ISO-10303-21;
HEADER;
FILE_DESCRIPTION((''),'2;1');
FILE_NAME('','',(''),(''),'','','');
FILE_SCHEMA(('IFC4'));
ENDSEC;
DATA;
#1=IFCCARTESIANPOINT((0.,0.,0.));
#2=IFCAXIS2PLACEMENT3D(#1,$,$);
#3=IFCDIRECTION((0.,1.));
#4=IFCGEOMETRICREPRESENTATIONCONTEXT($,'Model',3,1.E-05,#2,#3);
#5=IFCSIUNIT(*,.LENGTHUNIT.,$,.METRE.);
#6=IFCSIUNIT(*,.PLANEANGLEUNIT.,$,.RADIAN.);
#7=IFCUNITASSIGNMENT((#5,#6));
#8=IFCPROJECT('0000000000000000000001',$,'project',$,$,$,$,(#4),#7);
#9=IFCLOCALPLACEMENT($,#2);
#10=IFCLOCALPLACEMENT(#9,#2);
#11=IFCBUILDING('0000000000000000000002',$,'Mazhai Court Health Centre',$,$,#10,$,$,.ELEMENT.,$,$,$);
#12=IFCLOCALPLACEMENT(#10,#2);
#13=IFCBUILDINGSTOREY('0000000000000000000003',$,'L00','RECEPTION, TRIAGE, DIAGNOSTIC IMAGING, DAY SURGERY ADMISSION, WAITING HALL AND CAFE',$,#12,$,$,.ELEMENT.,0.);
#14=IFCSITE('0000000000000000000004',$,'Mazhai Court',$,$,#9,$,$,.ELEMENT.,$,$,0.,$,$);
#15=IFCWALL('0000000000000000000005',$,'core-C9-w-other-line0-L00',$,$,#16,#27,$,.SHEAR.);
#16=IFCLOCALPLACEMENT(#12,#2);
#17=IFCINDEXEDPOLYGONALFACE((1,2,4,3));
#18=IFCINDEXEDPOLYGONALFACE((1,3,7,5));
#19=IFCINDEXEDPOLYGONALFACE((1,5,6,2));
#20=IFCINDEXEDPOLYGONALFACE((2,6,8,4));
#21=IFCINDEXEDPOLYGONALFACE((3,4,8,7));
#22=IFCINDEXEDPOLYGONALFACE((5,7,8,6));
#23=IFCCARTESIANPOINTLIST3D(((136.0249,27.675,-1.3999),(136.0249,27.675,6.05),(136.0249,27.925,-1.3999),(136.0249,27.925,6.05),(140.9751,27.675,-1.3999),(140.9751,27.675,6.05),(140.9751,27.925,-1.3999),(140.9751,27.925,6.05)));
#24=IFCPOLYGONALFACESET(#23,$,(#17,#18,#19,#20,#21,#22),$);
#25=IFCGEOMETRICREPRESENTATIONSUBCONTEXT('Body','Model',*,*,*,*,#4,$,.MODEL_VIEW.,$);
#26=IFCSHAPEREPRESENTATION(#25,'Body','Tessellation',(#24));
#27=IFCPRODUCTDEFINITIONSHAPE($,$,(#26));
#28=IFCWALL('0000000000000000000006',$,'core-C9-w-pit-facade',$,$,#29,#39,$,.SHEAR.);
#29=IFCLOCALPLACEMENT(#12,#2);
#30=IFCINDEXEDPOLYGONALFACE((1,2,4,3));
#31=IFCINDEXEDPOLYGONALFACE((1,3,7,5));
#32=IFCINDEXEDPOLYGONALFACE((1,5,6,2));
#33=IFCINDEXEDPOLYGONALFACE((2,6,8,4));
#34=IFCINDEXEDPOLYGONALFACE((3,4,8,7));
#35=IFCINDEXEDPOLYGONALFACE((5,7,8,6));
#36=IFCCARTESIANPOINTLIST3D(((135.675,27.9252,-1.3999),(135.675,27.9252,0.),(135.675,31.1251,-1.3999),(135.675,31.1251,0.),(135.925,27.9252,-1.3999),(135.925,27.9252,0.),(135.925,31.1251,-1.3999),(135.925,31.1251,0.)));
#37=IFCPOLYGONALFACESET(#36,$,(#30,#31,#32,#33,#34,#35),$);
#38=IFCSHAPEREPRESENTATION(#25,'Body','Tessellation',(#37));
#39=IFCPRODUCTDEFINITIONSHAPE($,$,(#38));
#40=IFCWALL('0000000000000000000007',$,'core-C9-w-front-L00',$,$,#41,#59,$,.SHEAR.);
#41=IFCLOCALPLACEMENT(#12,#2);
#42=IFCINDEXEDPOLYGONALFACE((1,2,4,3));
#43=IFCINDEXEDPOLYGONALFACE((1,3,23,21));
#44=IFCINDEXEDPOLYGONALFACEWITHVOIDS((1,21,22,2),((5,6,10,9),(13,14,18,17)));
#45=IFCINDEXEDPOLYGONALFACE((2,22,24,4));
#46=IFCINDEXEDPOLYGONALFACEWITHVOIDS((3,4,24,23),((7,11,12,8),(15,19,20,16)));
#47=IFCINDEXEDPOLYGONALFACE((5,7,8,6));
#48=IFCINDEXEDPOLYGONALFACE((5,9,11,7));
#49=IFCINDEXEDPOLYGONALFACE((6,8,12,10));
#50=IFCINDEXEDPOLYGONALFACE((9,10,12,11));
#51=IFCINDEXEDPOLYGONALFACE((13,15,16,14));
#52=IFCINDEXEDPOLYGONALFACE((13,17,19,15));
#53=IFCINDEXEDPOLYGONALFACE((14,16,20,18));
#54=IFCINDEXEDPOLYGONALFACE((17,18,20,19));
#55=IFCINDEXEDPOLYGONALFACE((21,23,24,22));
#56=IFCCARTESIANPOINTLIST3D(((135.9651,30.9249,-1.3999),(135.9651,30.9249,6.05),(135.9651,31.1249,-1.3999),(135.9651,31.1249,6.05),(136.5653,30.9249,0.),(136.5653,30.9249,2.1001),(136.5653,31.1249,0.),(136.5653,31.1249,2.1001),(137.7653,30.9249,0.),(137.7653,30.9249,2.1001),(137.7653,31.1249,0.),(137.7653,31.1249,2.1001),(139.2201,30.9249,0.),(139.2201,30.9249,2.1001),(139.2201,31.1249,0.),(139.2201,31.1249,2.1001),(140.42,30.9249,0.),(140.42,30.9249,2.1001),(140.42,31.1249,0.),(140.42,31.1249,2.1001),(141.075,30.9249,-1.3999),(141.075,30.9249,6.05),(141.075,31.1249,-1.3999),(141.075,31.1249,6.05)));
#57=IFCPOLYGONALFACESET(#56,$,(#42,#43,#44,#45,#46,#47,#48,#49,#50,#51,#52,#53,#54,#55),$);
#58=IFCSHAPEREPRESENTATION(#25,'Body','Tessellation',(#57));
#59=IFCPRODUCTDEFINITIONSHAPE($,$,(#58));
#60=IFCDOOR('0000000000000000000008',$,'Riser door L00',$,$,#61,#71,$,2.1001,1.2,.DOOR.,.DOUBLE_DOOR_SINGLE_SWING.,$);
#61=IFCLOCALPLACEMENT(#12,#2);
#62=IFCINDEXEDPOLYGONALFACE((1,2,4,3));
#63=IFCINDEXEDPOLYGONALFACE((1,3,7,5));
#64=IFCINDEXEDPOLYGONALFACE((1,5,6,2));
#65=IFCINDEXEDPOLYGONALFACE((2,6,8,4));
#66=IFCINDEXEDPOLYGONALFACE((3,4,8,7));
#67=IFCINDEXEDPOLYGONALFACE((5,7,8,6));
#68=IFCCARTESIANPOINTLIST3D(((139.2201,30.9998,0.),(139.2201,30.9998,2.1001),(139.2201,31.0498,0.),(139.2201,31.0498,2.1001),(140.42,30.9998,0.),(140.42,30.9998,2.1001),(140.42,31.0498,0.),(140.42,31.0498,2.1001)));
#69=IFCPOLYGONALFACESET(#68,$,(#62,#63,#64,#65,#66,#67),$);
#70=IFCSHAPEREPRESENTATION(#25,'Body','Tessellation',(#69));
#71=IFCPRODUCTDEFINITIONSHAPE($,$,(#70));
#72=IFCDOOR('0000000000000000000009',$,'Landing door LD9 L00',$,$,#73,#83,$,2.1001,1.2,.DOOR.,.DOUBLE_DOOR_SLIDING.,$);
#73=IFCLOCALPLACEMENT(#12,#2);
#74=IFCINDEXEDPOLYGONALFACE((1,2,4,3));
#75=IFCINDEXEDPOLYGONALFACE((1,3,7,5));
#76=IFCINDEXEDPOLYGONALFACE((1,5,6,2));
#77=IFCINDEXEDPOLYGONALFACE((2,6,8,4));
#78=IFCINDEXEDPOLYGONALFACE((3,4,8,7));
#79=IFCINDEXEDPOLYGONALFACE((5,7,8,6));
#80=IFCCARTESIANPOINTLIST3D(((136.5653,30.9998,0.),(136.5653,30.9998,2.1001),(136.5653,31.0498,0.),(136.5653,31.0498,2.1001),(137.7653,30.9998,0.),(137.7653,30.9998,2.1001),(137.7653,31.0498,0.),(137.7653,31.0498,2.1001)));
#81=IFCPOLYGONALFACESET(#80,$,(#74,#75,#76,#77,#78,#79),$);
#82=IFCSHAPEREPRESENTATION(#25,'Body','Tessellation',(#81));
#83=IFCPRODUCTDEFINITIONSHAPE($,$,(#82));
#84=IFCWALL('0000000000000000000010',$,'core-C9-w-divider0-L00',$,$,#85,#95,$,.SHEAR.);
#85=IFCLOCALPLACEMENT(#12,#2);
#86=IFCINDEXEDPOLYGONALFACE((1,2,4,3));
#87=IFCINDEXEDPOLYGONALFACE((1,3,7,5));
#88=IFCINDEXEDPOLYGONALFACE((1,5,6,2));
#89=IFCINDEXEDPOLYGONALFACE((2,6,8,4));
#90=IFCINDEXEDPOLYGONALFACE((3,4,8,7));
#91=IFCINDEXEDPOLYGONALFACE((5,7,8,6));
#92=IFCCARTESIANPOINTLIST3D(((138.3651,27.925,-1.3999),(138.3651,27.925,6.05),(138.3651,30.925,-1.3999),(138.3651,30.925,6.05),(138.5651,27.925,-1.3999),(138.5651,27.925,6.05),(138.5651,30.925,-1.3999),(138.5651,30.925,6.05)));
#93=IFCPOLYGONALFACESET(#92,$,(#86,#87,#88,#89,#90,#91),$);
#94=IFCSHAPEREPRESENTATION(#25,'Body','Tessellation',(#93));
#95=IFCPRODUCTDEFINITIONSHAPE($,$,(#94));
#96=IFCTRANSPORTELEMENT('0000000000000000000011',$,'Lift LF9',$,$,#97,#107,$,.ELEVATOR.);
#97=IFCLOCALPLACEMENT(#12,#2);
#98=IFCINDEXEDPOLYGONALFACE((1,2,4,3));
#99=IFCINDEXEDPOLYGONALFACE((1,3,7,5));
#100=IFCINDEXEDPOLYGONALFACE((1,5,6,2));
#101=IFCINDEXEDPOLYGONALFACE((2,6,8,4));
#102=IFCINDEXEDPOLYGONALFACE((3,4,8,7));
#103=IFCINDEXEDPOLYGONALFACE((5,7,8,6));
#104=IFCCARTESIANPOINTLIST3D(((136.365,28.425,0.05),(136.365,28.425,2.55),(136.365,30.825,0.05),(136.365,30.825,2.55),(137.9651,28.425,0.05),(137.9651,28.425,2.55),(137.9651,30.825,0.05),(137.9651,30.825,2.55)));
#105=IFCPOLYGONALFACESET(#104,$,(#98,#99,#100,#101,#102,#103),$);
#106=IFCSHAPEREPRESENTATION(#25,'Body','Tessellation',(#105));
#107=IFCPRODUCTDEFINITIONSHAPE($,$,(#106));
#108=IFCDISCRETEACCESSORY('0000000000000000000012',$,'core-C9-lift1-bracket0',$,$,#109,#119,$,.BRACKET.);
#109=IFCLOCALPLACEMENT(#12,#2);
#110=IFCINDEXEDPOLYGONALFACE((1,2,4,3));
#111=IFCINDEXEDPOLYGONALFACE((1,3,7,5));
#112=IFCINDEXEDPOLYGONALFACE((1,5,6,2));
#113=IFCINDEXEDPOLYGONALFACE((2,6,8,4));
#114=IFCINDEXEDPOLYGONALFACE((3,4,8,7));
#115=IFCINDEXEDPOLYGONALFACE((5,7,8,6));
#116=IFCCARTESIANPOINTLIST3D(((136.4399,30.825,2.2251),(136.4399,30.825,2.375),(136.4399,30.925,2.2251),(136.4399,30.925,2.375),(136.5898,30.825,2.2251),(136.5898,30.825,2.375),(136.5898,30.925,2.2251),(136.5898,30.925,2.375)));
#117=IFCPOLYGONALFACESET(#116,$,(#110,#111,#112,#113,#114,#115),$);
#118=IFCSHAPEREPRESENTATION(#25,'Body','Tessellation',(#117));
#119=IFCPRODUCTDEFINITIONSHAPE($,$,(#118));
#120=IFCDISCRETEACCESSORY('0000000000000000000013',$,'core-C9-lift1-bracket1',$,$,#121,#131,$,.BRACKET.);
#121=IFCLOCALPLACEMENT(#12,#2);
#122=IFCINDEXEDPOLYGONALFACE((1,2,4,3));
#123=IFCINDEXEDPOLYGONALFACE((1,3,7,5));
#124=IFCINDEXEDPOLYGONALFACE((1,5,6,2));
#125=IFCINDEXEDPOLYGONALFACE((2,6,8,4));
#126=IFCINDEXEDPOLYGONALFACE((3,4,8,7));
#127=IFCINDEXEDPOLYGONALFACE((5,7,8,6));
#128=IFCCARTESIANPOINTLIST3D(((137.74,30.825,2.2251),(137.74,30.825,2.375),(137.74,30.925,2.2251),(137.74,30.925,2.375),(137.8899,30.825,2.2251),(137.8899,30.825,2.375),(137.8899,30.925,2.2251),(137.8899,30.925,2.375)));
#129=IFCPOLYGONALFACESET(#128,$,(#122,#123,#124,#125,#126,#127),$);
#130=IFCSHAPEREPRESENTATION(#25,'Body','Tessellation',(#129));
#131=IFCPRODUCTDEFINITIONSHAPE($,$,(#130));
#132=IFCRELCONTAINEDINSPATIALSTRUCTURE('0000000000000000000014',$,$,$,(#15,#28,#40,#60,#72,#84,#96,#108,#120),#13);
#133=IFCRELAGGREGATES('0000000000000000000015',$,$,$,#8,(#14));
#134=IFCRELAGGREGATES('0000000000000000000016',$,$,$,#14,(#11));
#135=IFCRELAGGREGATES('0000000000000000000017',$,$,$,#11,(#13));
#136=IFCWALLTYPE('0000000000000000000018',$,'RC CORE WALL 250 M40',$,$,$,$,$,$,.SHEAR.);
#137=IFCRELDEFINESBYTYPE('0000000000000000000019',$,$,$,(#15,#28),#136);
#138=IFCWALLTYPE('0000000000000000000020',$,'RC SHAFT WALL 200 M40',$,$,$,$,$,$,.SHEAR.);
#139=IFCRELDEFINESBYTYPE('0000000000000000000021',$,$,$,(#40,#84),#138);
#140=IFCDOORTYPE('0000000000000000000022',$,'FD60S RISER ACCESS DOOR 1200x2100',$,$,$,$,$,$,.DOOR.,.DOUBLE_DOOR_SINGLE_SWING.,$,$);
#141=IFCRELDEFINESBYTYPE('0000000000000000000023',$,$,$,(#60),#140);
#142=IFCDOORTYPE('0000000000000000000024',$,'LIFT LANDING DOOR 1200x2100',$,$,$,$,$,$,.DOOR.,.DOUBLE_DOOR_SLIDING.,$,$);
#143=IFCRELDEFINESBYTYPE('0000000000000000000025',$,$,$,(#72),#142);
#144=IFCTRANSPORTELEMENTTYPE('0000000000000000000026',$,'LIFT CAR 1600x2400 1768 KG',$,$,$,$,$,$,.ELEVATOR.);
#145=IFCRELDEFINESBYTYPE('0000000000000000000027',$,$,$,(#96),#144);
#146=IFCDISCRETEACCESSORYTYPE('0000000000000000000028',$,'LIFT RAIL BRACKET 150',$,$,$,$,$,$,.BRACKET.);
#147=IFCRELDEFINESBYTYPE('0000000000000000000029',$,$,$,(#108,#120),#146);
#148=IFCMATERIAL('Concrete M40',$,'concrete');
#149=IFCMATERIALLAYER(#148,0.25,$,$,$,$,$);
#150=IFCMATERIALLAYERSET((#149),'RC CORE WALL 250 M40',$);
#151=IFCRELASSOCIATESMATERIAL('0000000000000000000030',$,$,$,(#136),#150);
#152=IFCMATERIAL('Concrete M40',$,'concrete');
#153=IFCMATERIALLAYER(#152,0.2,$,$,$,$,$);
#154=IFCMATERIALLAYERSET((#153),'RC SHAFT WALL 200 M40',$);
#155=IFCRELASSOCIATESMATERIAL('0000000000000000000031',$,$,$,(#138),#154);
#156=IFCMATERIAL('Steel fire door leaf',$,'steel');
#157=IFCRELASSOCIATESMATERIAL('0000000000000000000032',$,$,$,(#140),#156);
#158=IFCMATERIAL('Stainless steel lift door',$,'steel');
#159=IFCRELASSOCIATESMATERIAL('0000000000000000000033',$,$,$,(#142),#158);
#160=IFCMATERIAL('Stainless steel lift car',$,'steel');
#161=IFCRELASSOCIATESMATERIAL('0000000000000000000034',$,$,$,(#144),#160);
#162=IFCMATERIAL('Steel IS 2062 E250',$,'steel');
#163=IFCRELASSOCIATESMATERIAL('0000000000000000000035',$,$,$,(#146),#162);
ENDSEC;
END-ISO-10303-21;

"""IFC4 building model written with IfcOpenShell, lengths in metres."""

from ifc_helpers import new_model, si_unit, direction, frame, frame_2d, origin, origin_2d, place, context, subcontext, project, spatial, rectangle, extrude, material, layer, layer_set, type_object, element, fill, save


model = new_model("IFC4")

# Units and contexts
model_context = context("Model", 3, precision=1e-05, world=origin(), true_north=direction((0.0, 1.0)))
body_context = subcontext(model_context, "Body", "Model", "MODEL_VIEW")
ifc_project = project(units=[si_unit("LENGTHUNIT", "METRE"), si_unit("PLANEANGLEUNIT", "RADIAN")], contexts=[model_context])

# Site, building, storey
site_placement = place(None, origin())
site = spatial("IfcSite", under=ifc_project, at=site_placement, Name="Mazhai Court", CompositionType="ELEMENT", RefElevation=0.0)
building_placement = place(site_placement, origin())
building = spatial("IfcBuilding", under=site, at=building_placement, Name="Mazhai Court Health Centre", CompositionType="ELEMENT")
storey_placement = place(building_placement, origin())
storey = spatial("IfcBuildingStorey", under=building, at=storey_placement, Name="L00", Description="RECEPTION, TRIAGE, DIAGNOSTIC IMAGING, DAY SURGERY ADMISSION, WAITING HALL AND CAFE", CompositionType="ELEMENT", Elevation=0.0)

# Shared definitions
ifc_material_1 = material(Name="Concrete M40", Category="concrete")
ifc_layer_1 = layer(ifc_material_1, 0.25)
ifc_layer_set_1 = layer_set([ifc_layer_1], Name="RC CORE WALL 250 M40")
wall_type_1 = type_object("IfcWallType", Name="RC CORE WALL 250 M40", PredefinedType="SHEAR", material=ifc_layer_set_1)

# Walls
wall_1_placement = place(storey_placement, frame((136.0249, 27.8, -1.3999), z_axis=(0.0, 0.0, 1.0), x_axis=(1.0, 0.0, 0.0)))
element("IfcWall", 1, at=wall_1_placement, inside=storey, type_object=wall_type_1, Name="core-C9-w-other-line0-L00", PredefinedType="SHEAR", context=body_context, shape_type="SweptSolid", body=[
    extrude(rectangle(XDim=4.9502, YDim=0.25, at=frame_2d((2.4751, 0.0))), origin(), (0.0, 0.0, 1.0), 7.45),
])
wall_2_placement = place(storey_placement, frame((135.8, 27.925, -1.3999), z_axis=(0.0, 0.0, 1.0), x_axis=(0.0, 1.0, 0.0)))
element("IfcWall", 2, at=wall_2_placement, inside=storey, type_object=wall_type_1, Name="core-C9-w-pit-facade", PredefinedType="SHEAR", context=body_context, shape_type="SweptSolid", body=[
    extrude(rectangle(XDim=3.2, YDim=0.25, at=frame_2d((1.6001, 0.0))), origin(), (0.0, 0.0, 1.0), 1.3999),
])

# Wall, openings, doors
ifc_material_2 = material(Name="Concrete M40", Category="concrete")
ifc_layer_2 = layer(ifc_material_2, 0.2)
ifc_layer_set_2 = layer_set([ifc_layer_2], Name="RC SHAFT WALL 200 M40")
wall_type_2 = type_object("IfcWallType", Name="RC SHAFT WALL 200 M40", PredefinedType="SHEAR", material=ifc_layer_set_2)
wall_3_placement = place(storey_placement, frame((135.9651, 31.0249, -1.3999), z_axis=(0.0, 0.0, 1.0), x_axis=(1.0, 0.0, 0.0)))
wall_3 = element("IfcWall", 3, at=wall_3_placement, inside=storey, type_object=wall_type_2, Name="core-C9-w-front-L00", PredefinedType="SHEAR", context=body_context, shape_type="SweptSolid", body=[
    extrude(rectangle(XDim=5.1099, YDim=0.2, at=frame_2d((2.5549, 0.0))), origin(), (0.0, 0.0, 1.0), 7.45),
])
opening_1_placement = place(wall_3_placement, frame((0.6001, 0.0, 1.3999)))
opening_1 = element("IfcOpeningElement", 4, at=opening_1_placement, cuts=wall_3, PredefinedType="OPENING", context=body_context, shape_type="SweptSolid", body=[
    extrude(rectangle(XDim=1.2, YDim=2.1001, at=frame_2d((0.6001, 1.05))), frame((0.0, 0.1099, 0.0), z_axis=(0.0, -1.0, 0.0), x_axis=(1.0, 0.0, 0.0)), (0.0, 0.0, 1.0), 0.22),
])
opening_2_placement = place(wall_3_placement, frame((3.2549, 0.0, 1.3999)))
opening_2 = element("IfcOpeningElement", 5, at=opening_2_placement, cuts=wall_3, PredefinedType="OPENING", context=body_context, shape_type="SweptSolid", body=[
    extrude(rectangle(XDim=1.2, YDim=2.1001, at=frame_2d((0.6001, 1.05))), frame((0.0, 0.1099, 0.0), z_axis=(0.0, -1.0, 0.0), x_axis=(1.0, 0.0, 0.0)), (0.0, 0.0, 1.0), 0.22),
])
ifc_material_3 = material(Name="Steel fire door leaf", Category="steel")
door_type_1 = type_object("IfcDoorType", Name="FD60S RISER ACCESS DOOR 1200x2100", OperationType="DOUBLE_DOOR_SINGLE_SWING", PredefinedType="DOOR", material=ifc_material_3)
door_1_placement = place(opening_2_placement, origin())
door_1 = element("IfcDoor", 6, at=door_1_placement, inside=storey, type_object=door_type_1, Name="Riser door L00", OperationType="DOUBLE_DOOR_SINGLE_SWING", OverallHeight=2.1001, OverallWidth=1.2, PredefinedType="DOOR", context=body_context, shape_type="SweptSolid", body=[
    extrude(rectangle(XDim=1.2, YDim=2.1001, at=frame_2d((0.6001, 1.05))), frame((0.0, 0.0249, 0.0), z_axis=(0.0, -1.0, 0.0), x_axis=(1.0, 0.0, 0.0)), (0.0, 0.0, 1.0), 0.05),
])
fill(opening_2, door_1)
ifc_material_4 = material(Name="Stainless steel lift door", Category="steel")
door_type_2 = type_object("IfcDoorType", Name="LIFT LANDING DOOR 1200x2100", OperationType="DOUBLE_DOOR_SLIDING", PredefinedType="DOOR", material=ifc_material_4)
door_2_placement = place(opening_1_placement, origin())
door_2 = element("IfcDoor", 7, at=door_2_placement, inside=storey, type_object=door_type_2, Name="Landing door LD9 L00", OperationType="DOUBLE_DOOR_SLIDING", OverallHeight=2.1001, OverallWidth=1.2, PredefinedType="DOOR", context=body_context, shape_type="SweptSolid", body=[
    extrude(rectangle(XDim=1.2, YDim=2.1001, at=frame_2d((0.6001, 1.05))), frame((0.0, 0.0249, 0.0), z_axis=(0.0, -1.0, 0.0), x_axis=(1.0, 0.0, 0.0)), (0.0, 0.0, 1.0), 0.05),
])
fill(opening_1, door_2)

# Wall
wall_4_placement = place(storey_placement, frame((138.4651, 27.925, -1.3999), z_axis=(0.0, 0.0, 1.0), x_axis=(0.0, 1.0, 0.0)))
element("IfcWall", 8, at=wall_4_placement, inside=storey, type_object=wall_type_2, Name="core-C9-w-divider0-L00", PredefinedType="SHEAR", context=body_context, shape_type="SweptSolid", body=[
    extrude(rectangle(XDim=3.0, YDim=0.2, at=frame_2d((1.5, 0.0))), origin(), (0.0, 0.0, 1.0), 7.45),
])

# Transport element
ifc_material_5 = material(Name="Stainless steel lift car", Category="steel")
transport_element_type = type_object("IfcTransportElementType", Name="LIFT CAR 1600x2400 1768 KG", PredefinedType="ELEVATOR", material=ifc_material_5)
transport_element_placement = place(storey_placement, frame((137.165, 29.625, 0.05), z_axis=(0.0, 0.0, 1.0), x_axis=(1.0, 0.0, 0.0)))
element("IfcTransportElement", 9, at=transport_element_placement, inside=storey, type_object=transport_element_type, Name="Lift LF9", PredefinedType="ELEVATOR", context=body_context, shape_type="SweptSolid", body=[
    extrude(rectangle(XDim=1.6001, YDim=2.3999, at=origin_2d()), origin(), (0.0, 0.0, 1.0), 2.5),
])

# Discrete accessories
ifc_material_6 = material(Name="Steel IS 2062 E250", Category="steel")
discrete_accessory_type = type_object("IfcDiscreteAccessoryType", Name="LIFT RAIL BRACKET 150", PredefinedType="BRACKET", material=ifc_material_6)
for number, where, z_axis, x_axis, name in (
    (10, (136.5149, 30.875, 2.2251), (0.0, 0.0, 1.0), (1.0, 0.0, 0.0), "core-C9-lift1-bracket0"),
    (11, (137.8149, 30.875, 2.2251), (0.0, 0.0, 1.0), (1.0, 0.0, 0.0), "core-C9-lift1-bracket1"),
):
    element("IfcDiscreteAccessory", number, at=place(storey_placement, frame(where, z_axis=z_axis, x_axis=x_axis)), inside=storey, type_object=discrete_accessory_type, Name=name, PredefinedType="BRACKET", context=body_context, shape_type="SweptSolid", body=[
        extrude(rectangle(XDim=0.1499, YDim=0.1001, at=origin_2d()), origin(), (0.0, 0.0, 1.0), 0.1499),
    ])

save(model, "model.ifc")
